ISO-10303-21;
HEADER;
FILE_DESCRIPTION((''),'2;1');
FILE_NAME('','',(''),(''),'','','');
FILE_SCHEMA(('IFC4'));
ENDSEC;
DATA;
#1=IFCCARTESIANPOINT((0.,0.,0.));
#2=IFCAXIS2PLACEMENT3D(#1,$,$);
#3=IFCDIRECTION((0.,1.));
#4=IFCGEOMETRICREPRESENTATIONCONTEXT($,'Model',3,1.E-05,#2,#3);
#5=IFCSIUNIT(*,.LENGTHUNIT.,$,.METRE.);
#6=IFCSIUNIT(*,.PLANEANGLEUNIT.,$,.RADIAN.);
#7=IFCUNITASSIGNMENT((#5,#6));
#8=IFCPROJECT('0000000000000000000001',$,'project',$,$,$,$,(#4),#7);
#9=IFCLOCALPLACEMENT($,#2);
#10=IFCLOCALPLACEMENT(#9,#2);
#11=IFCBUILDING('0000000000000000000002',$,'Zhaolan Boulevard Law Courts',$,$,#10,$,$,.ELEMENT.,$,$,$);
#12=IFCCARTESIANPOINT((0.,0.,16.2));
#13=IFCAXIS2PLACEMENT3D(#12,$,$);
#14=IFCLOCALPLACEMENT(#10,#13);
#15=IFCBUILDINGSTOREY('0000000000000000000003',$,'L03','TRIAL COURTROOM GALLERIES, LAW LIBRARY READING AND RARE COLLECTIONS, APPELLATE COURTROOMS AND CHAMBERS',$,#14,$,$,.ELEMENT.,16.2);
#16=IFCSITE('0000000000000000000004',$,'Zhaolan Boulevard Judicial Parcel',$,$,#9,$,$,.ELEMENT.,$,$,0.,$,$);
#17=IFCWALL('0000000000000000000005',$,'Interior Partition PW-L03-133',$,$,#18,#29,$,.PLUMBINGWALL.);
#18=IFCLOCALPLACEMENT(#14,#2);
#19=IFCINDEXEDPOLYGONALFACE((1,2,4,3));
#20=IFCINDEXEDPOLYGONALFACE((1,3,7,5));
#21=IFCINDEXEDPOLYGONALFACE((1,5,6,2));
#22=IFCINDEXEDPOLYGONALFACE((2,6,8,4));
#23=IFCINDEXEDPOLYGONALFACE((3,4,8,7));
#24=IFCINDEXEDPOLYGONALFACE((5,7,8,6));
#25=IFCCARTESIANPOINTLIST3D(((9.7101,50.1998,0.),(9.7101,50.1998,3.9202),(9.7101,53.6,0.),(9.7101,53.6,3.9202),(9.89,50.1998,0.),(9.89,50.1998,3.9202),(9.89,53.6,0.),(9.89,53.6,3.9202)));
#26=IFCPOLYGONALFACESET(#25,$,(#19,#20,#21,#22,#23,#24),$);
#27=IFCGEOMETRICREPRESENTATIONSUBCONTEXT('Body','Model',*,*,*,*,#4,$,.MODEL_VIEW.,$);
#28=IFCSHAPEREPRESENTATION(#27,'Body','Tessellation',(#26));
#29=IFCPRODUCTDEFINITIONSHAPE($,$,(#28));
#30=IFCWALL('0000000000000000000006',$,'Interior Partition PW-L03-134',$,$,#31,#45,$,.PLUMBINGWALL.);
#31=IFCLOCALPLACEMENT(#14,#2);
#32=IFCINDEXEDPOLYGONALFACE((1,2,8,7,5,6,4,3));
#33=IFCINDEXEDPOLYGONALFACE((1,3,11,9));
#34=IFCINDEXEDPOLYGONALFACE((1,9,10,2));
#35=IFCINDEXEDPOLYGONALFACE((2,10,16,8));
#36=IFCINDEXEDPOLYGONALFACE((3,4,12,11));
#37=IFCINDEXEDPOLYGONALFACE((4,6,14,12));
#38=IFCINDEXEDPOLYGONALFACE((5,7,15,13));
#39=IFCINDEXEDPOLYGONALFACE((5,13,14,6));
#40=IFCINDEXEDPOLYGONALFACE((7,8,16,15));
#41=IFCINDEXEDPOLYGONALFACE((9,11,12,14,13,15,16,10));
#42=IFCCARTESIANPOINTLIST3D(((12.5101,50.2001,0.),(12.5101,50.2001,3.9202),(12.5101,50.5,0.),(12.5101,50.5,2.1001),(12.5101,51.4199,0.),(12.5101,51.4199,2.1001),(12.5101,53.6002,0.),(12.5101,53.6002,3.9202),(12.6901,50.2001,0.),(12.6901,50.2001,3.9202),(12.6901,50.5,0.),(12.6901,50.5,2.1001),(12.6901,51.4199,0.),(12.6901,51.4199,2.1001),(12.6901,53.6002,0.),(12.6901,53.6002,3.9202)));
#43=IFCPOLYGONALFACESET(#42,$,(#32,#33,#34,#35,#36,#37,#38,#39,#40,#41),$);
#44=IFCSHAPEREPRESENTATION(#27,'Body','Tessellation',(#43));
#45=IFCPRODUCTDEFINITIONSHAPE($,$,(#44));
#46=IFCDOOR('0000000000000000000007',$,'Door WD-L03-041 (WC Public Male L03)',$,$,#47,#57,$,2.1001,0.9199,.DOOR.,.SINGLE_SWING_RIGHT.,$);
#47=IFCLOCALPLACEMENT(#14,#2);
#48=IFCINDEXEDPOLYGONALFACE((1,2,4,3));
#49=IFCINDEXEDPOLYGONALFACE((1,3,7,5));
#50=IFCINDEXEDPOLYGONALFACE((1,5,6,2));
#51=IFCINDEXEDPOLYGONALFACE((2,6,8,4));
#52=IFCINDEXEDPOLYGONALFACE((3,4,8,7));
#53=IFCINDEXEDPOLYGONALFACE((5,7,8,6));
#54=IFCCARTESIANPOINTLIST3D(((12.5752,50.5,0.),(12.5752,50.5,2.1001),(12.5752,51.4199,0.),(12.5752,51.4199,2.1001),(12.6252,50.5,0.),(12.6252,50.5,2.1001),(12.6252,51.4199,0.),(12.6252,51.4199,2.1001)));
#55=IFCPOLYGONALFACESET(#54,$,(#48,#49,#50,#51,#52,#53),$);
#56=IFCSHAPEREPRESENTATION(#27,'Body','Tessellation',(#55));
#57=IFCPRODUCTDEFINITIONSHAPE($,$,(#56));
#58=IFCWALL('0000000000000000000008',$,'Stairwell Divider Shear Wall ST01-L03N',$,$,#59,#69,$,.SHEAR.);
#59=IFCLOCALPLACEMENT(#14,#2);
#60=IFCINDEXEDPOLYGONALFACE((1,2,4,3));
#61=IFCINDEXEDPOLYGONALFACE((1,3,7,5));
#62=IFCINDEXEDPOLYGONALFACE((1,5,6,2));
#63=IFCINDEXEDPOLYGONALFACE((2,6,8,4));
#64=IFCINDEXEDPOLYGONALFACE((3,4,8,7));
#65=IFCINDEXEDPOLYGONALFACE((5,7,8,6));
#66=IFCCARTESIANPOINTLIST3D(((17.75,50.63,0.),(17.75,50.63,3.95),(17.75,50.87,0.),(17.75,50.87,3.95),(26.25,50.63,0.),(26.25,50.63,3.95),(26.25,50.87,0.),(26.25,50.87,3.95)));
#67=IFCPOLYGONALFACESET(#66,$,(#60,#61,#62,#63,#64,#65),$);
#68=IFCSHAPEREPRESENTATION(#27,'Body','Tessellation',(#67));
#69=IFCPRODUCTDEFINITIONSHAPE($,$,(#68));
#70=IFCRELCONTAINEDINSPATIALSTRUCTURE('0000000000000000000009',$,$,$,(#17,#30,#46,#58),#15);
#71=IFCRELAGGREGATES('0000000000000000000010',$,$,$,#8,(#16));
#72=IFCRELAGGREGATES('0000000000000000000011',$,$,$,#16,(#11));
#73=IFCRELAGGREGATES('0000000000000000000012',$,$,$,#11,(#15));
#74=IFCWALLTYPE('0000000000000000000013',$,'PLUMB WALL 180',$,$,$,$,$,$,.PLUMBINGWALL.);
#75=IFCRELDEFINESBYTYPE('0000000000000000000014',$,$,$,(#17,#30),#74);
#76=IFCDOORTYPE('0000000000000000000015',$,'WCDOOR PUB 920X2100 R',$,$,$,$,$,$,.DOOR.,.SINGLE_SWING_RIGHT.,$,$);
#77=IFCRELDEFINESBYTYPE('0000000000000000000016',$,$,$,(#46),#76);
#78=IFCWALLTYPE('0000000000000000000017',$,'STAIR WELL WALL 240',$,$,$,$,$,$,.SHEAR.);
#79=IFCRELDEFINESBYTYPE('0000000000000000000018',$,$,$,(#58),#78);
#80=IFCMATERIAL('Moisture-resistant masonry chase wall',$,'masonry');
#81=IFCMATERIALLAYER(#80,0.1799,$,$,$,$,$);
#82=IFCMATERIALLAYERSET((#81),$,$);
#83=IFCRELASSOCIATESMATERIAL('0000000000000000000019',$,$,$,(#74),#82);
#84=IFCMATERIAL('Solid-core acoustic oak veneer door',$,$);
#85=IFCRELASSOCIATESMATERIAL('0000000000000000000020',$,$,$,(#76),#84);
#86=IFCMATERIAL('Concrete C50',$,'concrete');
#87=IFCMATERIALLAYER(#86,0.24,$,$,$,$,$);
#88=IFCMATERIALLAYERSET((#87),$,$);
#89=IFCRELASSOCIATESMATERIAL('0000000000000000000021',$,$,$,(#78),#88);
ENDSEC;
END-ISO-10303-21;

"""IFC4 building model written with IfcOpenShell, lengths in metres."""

from ifc_helpers import new_model, si_unit, direction, frame, frame_2d, origin, place, context, subcontext, project, spatial, rectangle, extrude, material, layer, layer_set, type_object, element, fill, save


model = new_model("IFC4")

# Units and contexts
model_context = context("Model", 3, precision=1e-05, world=origin(), true_north=direction((0.0, 1.0)))
body_context = subcontext(model_context, "Body", "Model", "MODEL_VIEW")
ifc_project = project(units=[si_unit("LENGTHUNIT", "METRE"), si_unit("PLANEANGLEUNIT", "RADIAN")], contexts=[model_context])

# Site, building, storey
site_placement = place(None, origin())
site = spatial("IfcSite", under=ifc_project, at=site_placement, Name="Zhaolan Boulevard Judicial Parcel", CompositionType="ELEMENT", RefElevation=0.0)
building_placement = place(site_placement, origin())
building = spatial("IfcBuilding", under=site, at=building_placement, Name="Zhaolan Boulevard Law Courts", CompositionType="ELEMENT")
storey_placement = place(building_placement, frame((0.0, 0.0, 16.2)))
storey = spatial("IfcBuildingStorey", under=building, at=storey_placement, Name="L03", Description="TRIAL COURTROOM GALLERIES, LAW LIBRARY READING AND RARE COLLECTIONS, APPELLATE COURTROOMS AND CHAMBERS", CompositionType="ELEMENT", Elevation=16.2)

# Shared definitions
ifc_material_1 = material(Name="Moisture-resistant masonry chase wall", Category="masonry")
ifc_layer_1 = layer(ifc_material_1, 0.1799)
ifc_layer_set_1 = layer_set([ifc_layer_1])
wall_type_1 = type_object("IfcWallType", Name="PLUMB WALL 180", PredefinedType="PLUMBINGWALL", material=ifc_layer_set_1)

# Wall
wall_1_placement = place(storey_placement, frame((9.8, 53.6001, 0.0), z_axis=(0.0, 0.0, 1.0), x_axis=(0.0, -1.0, 0.0)))
element("IfcWall", 1, at=wall_1_placement, inside=storey, type_object=wall_type_1, Name="Interior Partition PW-L03-133", PredefinedType="PLUMBINGWALL", context=body_context, shape_type="SweptSolid", body=[
    extrude(rectangle(XDim=3.4001, YDim=0.1799, at=frame_2d((1.7002, 0.0))), origin(), (0.0, 0.0, 1.0), 3.9202),
])

# Wall, opening, door
wall_2_placement = place(storey_placement, frame((12.6001, 50.2, 0.0), z_axis=(0.0, 0.0, 1.0), x_axis=(0.0, 1.0, 0.0)))
wall_2 = element("IfcWall", 2, at=wall_2_placement, inside=storey, type_object=wall_type_1, Name="Interior Partition PW-L03-134", PredefinedType="PLUMBINGWALL", context=body_context, shape_type="SweptSolid", body=[
    extrude(rectangle(XDim=3.4001, YDim=0.1799, at=frame_2d((1.7002, 0.0))), origin(), (0.0, 0.0, 1.0), 3.9202),
])
opening_1_placement = place(wall_2_placement, frame((0.3, 0.0, 0.0)))
opening_1 = element("IfcOpeningElement", 3, at=opening_1_placement, cuts=wall_2, PredefinedType="OPENING", context=body_context, shape_type="SweptSolid", body=[
    extrude(rectangle(XDim=0.9199, YDim=2.1001, at=frame_2d((0.46, 1.05))), frame((0.0, 0.0999, 0.0), z_axis=(0.0, -1.0, 0.0), x_axis=(1.0, 0.0, 0.0)), (0.0, 0.0, 1.0), 0.2),
])
ifc_material_2 = material(Name="Solid-core acoustic oak veneer door")
door_type_1 = type_object("IfcDoorType", Name="WCDOOR PUB 920X2100 R", OperationType="SINGLE_SWING_RIGHT", PredefinedType="DOOR", material=ifc_material_2)
door_1_placement = place(opening_1_placement, origin())
door_1 = element("IfcDoor", 4, at=door_1_placement, inside=storey, type_object=door_type_1, Name="Door WD-L03-041 (WC Public Male L03)", OperationType="SINGLE_SWING_RIGHT", OverallHeight=2.1001, OverallWidth=0.9199, PredefinedType="DOOR", context=body_context, shape_type="SweptSolid", body=[
    extrude(rectangle(XDim=0.9199, YDim=2.1001, at=frame_2d((0.46, 1.05))), frame((0.0, 0.0249, 0.0), z_axis=(0.0, -1.0, 0.0), x_axis=(1.0, 0.0, 0.0)), (0.0, 0.0, 1.0), 0.05),
])
fill(opening_1, door_1)

# Wall
ifc_material_3 = material(Name="Concrete C50", Category="concrete")
ifc_layer_2 = layer(ifc_material_3, 0.24)
ifc_layer_set_2 = layer_set([ifc_layer_2])
wall_type_2 = type_object("IfcWallType", Name="STAIR WELL WALL 240", PredefinedType="SHEAR", material=ifc_layer_set_2)
wall_3_placement = place(storey_placement, frame((17.75, 50.75, 0.0), z_axis=(0.0, 0.0, 1.0), x_axis=(1.0, 0.0, 0.0)))
element("IfcWall", 5, at=wall_3_placement, inside=storey, type_object=wall_type_2, Name="Stairwell Divider Shear Wall ST01-L03N", PredefinedType="SHEAR", context=body_context, shape_type="SweptSolid", body=[
    extrude(rectangle(XDim=8.5, YDim=0.24, at=frame_2d((4.25, 0.0))), origin(), (0.0, 0.0, 1.0), 3.95),
])

save(model, "model.ifc")
